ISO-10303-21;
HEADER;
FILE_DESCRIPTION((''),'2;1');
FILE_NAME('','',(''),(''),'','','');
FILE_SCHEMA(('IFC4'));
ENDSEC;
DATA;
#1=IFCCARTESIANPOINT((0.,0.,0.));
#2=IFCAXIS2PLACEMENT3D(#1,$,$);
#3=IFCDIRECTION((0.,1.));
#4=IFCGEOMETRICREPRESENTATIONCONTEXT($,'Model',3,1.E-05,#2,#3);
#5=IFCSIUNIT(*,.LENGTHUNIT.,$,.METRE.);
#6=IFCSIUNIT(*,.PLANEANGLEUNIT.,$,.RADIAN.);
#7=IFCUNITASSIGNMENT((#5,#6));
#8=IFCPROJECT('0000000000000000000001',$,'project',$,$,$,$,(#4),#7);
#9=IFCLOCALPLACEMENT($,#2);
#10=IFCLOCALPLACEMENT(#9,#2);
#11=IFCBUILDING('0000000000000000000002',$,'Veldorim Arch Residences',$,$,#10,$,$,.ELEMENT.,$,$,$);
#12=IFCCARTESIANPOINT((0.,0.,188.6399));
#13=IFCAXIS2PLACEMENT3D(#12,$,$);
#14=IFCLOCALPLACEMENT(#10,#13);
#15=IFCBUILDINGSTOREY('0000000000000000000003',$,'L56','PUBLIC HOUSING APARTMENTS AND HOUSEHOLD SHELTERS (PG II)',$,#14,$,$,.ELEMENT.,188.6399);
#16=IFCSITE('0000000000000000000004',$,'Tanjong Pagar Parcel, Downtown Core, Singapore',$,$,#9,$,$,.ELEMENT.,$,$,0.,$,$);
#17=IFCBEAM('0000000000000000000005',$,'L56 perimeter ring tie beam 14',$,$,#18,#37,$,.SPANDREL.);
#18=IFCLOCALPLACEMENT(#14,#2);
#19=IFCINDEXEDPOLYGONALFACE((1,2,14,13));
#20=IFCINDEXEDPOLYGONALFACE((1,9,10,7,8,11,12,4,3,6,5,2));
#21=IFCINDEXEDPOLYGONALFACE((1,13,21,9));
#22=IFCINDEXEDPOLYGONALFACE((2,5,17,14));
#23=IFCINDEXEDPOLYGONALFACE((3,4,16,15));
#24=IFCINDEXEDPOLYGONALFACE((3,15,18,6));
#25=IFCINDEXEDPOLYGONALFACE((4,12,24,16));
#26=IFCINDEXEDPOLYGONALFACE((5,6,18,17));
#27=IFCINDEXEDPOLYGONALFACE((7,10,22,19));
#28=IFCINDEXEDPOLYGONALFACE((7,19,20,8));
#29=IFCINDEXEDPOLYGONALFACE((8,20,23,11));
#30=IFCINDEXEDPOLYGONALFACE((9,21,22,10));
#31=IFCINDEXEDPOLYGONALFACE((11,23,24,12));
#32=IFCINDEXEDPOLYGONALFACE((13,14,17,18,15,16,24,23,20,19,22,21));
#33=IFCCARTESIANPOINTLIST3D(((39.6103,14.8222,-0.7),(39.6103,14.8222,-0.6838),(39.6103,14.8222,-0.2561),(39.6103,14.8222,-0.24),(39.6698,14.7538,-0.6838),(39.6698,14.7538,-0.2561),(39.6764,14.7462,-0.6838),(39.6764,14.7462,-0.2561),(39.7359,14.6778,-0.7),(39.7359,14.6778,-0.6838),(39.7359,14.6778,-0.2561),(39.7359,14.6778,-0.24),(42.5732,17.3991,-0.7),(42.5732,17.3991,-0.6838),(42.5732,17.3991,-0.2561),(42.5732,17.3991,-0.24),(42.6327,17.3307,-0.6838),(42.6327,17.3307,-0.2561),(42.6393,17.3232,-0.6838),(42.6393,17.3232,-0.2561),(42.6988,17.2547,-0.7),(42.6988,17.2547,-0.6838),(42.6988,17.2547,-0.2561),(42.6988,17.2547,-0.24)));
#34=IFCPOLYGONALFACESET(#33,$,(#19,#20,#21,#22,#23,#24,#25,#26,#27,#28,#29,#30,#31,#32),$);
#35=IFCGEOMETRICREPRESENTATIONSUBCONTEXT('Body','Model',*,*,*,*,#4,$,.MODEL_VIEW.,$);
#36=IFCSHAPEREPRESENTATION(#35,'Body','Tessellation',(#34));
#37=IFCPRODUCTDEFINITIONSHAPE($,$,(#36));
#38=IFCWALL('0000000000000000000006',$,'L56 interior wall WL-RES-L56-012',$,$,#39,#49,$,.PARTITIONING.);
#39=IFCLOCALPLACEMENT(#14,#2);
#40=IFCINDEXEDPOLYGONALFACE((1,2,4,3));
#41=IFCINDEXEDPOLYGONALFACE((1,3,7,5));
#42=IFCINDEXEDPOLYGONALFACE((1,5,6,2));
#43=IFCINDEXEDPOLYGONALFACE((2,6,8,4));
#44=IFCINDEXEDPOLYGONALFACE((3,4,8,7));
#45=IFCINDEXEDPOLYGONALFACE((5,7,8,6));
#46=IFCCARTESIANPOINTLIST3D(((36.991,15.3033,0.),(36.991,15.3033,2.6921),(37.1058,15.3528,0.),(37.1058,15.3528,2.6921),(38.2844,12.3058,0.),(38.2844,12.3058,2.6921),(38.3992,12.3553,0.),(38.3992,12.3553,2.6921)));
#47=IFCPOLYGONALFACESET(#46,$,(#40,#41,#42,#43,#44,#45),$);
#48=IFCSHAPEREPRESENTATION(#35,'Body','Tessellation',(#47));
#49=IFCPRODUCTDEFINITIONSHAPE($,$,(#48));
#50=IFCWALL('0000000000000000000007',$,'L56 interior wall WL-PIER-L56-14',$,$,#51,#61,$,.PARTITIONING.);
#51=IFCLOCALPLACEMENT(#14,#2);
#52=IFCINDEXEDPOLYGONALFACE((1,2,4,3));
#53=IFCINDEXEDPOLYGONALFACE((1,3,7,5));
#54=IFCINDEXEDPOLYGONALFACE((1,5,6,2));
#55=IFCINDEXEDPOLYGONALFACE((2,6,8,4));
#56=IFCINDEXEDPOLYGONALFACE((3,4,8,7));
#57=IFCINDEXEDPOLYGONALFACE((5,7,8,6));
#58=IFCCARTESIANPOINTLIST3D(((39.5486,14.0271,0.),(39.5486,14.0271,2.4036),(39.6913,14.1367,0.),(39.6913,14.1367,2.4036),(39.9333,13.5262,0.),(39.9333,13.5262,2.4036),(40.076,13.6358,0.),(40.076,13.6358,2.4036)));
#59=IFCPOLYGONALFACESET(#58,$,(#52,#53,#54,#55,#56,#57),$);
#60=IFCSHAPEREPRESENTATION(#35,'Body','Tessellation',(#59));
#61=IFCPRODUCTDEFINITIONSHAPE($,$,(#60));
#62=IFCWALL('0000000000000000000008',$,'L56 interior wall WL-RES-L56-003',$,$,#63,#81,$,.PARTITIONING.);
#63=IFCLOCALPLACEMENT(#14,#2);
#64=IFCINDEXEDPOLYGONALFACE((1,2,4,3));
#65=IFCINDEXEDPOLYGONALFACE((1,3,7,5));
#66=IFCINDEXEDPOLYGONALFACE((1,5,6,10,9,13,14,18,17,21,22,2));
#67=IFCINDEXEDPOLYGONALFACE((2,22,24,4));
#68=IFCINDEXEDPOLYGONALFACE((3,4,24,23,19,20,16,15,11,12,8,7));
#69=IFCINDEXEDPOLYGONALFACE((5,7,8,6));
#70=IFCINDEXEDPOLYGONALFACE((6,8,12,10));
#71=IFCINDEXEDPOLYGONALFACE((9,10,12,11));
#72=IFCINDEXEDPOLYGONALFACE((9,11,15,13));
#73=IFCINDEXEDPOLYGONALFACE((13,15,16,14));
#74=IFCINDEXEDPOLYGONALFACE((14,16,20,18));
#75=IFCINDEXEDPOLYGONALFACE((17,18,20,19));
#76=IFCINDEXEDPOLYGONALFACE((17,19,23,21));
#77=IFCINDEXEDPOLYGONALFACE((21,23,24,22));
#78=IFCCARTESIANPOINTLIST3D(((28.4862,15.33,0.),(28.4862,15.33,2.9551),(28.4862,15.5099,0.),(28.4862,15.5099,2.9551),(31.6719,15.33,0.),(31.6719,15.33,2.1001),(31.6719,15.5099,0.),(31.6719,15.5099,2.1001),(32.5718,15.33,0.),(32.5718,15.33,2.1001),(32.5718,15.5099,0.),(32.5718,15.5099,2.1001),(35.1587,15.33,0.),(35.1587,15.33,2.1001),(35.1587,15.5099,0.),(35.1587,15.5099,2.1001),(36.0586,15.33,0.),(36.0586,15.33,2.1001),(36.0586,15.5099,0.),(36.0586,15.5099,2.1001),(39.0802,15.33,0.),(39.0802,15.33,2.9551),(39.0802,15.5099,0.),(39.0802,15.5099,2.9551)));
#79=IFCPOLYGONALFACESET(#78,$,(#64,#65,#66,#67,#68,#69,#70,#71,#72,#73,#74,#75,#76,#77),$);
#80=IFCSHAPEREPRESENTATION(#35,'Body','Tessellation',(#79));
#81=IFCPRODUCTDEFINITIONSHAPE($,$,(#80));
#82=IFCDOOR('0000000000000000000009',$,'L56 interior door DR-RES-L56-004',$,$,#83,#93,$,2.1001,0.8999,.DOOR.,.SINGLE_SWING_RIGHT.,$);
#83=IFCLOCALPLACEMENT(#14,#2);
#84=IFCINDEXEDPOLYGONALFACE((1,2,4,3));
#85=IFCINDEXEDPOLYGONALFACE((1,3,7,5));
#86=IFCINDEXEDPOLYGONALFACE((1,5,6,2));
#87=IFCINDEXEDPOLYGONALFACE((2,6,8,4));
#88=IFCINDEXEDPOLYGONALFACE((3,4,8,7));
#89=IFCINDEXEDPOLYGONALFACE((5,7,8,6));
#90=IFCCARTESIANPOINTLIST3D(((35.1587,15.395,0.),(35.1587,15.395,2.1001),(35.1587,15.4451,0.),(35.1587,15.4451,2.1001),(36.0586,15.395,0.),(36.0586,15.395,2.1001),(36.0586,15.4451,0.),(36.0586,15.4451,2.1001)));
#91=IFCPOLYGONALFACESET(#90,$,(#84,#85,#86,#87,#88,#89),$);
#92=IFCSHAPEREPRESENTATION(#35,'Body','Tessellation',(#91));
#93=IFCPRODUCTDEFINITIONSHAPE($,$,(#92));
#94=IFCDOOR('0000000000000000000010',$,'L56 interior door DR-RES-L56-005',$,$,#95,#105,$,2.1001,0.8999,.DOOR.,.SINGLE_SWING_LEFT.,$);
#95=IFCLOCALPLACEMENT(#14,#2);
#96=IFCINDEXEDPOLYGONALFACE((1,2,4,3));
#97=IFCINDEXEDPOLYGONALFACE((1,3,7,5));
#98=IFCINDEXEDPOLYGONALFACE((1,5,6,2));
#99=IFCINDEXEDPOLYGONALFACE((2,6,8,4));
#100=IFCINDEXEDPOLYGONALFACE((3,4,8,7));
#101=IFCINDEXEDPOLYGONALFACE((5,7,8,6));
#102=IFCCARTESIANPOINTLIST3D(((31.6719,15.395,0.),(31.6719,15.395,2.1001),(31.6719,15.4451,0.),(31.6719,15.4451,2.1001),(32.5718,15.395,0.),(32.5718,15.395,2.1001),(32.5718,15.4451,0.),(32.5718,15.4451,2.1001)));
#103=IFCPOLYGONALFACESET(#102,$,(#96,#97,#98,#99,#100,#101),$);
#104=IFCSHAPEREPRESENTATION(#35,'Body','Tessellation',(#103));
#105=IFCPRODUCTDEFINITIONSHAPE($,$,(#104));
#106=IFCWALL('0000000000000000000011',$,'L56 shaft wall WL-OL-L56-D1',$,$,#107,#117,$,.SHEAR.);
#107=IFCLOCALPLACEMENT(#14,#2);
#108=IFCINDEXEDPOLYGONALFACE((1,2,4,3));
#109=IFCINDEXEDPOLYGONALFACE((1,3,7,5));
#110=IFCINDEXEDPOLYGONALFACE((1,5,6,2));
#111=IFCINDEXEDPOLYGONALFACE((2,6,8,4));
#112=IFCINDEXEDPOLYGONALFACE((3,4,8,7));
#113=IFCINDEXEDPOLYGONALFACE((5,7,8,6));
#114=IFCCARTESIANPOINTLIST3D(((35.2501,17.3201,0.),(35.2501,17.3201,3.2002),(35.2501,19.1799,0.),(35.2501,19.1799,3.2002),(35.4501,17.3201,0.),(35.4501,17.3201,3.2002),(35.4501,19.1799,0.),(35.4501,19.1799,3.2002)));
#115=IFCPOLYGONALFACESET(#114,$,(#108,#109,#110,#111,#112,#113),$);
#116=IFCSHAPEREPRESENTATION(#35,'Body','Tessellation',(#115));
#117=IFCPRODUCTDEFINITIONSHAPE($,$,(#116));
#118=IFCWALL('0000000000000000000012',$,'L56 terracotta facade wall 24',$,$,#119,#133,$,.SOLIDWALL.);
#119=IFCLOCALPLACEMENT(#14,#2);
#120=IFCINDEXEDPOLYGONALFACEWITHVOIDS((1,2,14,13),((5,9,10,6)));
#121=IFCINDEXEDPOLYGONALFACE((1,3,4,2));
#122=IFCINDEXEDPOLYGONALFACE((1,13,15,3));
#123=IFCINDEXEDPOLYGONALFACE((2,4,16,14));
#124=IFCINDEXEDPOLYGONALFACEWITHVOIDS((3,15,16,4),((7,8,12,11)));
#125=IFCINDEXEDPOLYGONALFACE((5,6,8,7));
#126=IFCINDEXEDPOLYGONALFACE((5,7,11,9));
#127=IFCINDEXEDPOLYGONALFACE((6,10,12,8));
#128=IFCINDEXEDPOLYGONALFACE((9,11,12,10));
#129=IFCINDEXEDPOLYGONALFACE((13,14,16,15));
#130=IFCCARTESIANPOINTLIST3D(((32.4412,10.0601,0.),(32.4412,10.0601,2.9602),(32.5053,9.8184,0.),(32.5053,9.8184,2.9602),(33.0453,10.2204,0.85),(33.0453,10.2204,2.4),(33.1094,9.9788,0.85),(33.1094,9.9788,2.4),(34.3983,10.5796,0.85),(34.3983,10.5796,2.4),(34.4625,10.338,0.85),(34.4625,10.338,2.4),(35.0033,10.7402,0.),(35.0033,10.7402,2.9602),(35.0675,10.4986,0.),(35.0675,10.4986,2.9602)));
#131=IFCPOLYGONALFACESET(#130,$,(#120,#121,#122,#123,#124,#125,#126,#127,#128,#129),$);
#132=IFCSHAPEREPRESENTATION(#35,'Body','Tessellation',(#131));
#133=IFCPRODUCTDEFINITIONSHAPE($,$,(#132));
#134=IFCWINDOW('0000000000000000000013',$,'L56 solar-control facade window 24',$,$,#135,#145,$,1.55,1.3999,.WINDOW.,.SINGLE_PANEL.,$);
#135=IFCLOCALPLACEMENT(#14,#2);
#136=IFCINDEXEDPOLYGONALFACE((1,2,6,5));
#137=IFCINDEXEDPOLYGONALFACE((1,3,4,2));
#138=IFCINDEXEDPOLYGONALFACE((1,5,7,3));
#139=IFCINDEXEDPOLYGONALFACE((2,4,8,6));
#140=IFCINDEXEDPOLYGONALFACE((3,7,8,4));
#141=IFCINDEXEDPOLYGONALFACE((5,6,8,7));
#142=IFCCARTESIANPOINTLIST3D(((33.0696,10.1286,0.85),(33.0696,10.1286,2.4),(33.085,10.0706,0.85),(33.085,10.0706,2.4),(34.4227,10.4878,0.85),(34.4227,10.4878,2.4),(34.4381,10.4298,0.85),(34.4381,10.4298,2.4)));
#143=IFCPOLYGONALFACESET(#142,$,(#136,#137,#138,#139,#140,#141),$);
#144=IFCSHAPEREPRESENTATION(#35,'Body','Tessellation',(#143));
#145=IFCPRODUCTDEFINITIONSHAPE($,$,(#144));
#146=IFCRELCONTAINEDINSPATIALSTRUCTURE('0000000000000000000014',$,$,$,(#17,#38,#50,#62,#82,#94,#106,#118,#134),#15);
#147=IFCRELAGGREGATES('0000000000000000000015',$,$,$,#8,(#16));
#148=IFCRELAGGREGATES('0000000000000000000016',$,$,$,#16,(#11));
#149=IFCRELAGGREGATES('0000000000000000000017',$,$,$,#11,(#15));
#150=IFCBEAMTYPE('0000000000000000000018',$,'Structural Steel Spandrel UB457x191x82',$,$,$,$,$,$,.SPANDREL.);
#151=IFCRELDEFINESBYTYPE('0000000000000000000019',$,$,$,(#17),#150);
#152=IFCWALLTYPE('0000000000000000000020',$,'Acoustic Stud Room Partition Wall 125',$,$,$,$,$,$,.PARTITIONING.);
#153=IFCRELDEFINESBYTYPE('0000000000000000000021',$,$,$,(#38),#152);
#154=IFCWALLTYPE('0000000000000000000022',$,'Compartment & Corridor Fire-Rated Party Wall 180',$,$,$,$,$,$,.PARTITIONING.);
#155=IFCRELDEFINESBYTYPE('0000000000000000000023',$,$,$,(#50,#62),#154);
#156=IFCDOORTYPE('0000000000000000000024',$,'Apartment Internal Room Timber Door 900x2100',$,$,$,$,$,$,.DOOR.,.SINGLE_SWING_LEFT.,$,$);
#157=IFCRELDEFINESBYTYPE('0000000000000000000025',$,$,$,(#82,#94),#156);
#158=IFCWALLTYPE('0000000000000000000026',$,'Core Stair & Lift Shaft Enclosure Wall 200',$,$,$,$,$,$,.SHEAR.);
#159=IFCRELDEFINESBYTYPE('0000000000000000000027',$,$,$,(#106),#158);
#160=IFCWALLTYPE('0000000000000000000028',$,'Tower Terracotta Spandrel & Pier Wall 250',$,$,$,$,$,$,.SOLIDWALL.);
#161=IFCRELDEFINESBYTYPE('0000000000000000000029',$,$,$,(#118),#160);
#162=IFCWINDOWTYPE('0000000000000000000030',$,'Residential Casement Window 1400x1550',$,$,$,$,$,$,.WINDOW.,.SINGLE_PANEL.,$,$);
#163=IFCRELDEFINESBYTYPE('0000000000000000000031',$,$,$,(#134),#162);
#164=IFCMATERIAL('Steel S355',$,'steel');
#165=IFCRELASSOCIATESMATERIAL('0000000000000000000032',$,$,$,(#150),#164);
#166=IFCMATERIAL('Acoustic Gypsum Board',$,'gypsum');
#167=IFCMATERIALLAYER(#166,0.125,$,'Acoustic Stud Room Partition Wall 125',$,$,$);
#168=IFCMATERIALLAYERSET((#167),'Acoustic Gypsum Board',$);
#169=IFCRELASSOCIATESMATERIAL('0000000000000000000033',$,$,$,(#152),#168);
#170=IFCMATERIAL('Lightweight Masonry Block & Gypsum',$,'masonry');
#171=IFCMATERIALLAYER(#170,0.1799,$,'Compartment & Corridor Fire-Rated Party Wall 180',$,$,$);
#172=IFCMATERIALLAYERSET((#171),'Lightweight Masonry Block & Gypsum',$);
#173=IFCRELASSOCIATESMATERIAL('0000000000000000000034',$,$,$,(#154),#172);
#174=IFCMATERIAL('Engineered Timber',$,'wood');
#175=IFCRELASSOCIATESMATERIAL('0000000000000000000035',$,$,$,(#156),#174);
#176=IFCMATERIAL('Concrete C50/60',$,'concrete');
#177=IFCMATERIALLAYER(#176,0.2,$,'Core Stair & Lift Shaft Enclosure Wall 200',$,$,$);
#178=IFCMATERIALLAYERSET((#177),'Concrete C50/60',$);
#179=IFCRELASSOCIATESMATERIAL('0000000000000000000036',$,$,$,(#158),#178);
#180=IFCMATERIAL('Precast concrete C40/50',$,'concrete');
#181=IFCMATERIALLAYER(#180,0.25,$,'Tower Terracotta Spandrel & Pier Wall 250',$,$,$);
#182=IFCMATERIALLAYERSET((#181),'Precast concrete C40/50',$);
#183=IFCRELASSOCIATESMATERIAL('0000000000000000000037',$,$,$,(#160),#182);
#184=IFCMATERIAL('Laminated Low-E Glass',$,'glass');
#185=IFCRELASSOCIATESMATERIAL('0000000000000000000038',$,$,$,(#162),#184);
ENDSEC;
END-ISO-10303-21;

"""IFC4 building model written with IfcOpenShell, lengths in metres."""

from ifc_helpers import new_model, si_unit, direction, frame, frame_2d, origin, origin_2d, place, context, subcontext, project, spatial, rectangle, i_section, extrude, material, layer, layer_set, material_profile, profile_set, type_object, element, fill, save


model = new_model("IFC4")

# Units and contexts
model_context = context("Model", 3, precision=1e-05, world=origin(), true_north=direction((0.0, 1.0)))
body_context = subcontext(model_context, "Body", "Model", "MODEL_VIEW")
ifc_project = project(units=[si_unit("LENGTHUNIT", "METRE"), si_unit("PLANEANGLEUNIT", "RADIAN")], contexts=[model_context])

# Site, building, storey
site_placement = place(None, origin())
site = spatial("IfcSite", under=ifc_project, at=site_placement, Name="Tanjong Pagar Parcel, Downtown Core, Singapore", CompositionType="ELEMENT", RefElevation=0.0)
building_placement = place(site_placement, origin())
building = spatial("IfcBuilding", under=site, at=building_placement, Name="Veldorim Arch Residences", CompositionType="ELEMENT")
storey_placement = place(building_placement, frame((0.0, 0.0, 188.6399)))
storey = spatial("IfcBuildingStorey", under=building, at=storey_placement, Name="L56", Description="PUBLIC HOUSING APARTMENTS AND HOUSEHOLD SHELTERS (PG II)", CompositionType="ELEMENT", Elevation=188.6399)

# Beam
ifc_material_1 = material(Name="Steel S355", Category="steel")
ifc_material_profile_1 = material_profile(ifc_material_1, i_section(OverallWidth=0.1914, OverallDepth=0.46, WebThickness=0.01, FlangeThickness=0.0161, at=origin_2d()), Name="UB457x191x82")
ifc_profile_set_1 = profile_set([ifc_material_profile_1], Name="Steel S355")
beam_type_1 = type_object("IfcBeamType", Name="Structural Steel Spandrel UB457x191x82", PredefinedType="SPANDREL", material=ifc_profile_set_1)
beam_1_placement = place(storey_placement, frame((39.6731, 14.75, -0.47), z_axis=(0.754545, 0.656248, 0.0), x_axis=(-0.656248, 0.754545, 0.0)))
element("IfcBeam", 1, at=beam_1_placement, inside=storey, type_object=beam_type_1, Name="L56 perimeter ring tie beam 14", PredefinedType="SPANDREL", context=body_context, shape_type="SweptSolid", body=[
    extrude(i_section(OverallWidth=0.1914, OverallDepth=0.46, WebThickness=0.01, FlangeThickness=0.0161, at=origin_2d()), origin(), (0.0, 0.0, 1.0), 3.9268),
])

# Walls
ifc_material_2 = material(Name="Acoustic Gypsum Board", Category="gypsum")
ifc_layer_1 = layer(ifc_material_2, 0.125, Name="Acoustic Stud Room Partition Wall 125")
ifc_layer_set_1 = layer_set([ifc_layer_1], Name="Acoustic Gypsum Board")
wall_type_1 = type_object("IfcWallType", Name="Acoustic Stud Room Partition Wall 125", PredefinedType="PARTITIONING", material=ifc_layer_set_1)
wall_1_placement = place(storey_placement, frame((38.3418, 12.3306, 0.0), z_axis=(0.0, 0.0, 1.0), x_axis=(-0.396192, 0.918167, 0.0)))
element("IfcWall", 2, at=wall_1_placement, inside=storey, type_object=wall_type_1, Name="L56 interior wall WL-RES-L56-012", PredefinedType="PARTITIONING", context=body_context, shape_type="SweptSolid", body=[
    extrude(rectangle(XDim=3.2646, YDim=0.125, at=frame_2d((1.6323, 0.0))), origin(), (0.0, 0.0, 1.0), 2.6921),
])
ifc_material_3 = material(Name="Lightweight Masonry Block & Gypsum", Category="masonry")
ifc_layer_2 = layer(ifc_material_3, 0.1799, Name="Compartment & Corridor Fire-Rated Party Wall 180")
ifc_layer_set_2 = layer_set([ifc_layer_2], Name="Lightweight Masonry Block & Gypsum")
wall_type_2 = type_object("IfcWallType", Name="Compartment & Corridor Fire-Rated Party Wall 180", PredefinedType="PARTITIONING", material=ifc_layer_set_2)
wall_2_placement = place(storey_placement, frame((39.6199, 14.082, 0.0), z_axis=(0.0, 0.0, 1.0), x_axis=(0.609113, -0.793084, 0.0)))
element("IfcWall", 3, at=wall_2_placement, inside=storey, type_object=wall_type_2, Name="L56 interior wall WL-PIER-L56-14", PredefinedType="PARTITIONING", context=body_context, shape_type="SweptSolid", body=[
    extrude(rectangle(XDim=0.6316, YDim=0.1799, at=frame_2d((0.3159, 0.0))), origin(), (0.0, 0.0, 1.0), 2.4036),
])

# Wall, openings, doors
wall_3_placement = place(storey_placement, frame((39.0801, 15.4199, 0.0), z_axis=(0.0, 0.0, 1.0), x_axis=(-1.0, 0.0, 0.0)))
wall_3 = element("IfcWall", 4, at=wall_3_placement, inside=storey, type_object=wall_type_2, Name="L56 interior wall WL-RES-L56-003", PredefinedType="PARTITIONING", context=body_context, shape_type="SweptSolid", body=[
    extrude(rectangle(XDim=10.594, YDim=0.1799, at=frame_2d((5.2969, 0.0))), origin(), (0.0, 0.0, 1.0), 2.9551),
])
opening_1_placement = place(wall_3_placement, frame((3.0215, 0.0, 0.0)))
opening_1 = element("IfcOpeningElement", 5, at=opening_1_placement, cuts=wall_3, PredefinedType="OPENING", context=body_context, shape_type="SweptSolid", body=[
    extrude(rectangle(XDim=0.8999, YDim=2.1001, at=frame_2d((0.45, 1.05))), frame((0.0, 0.0999, 0.0), z_axis=(0.0, -1.0, 0.0), x_axis=(1.0, 0.0, 0.0)), (0.0, 0.0, 1.0), 0.2),
])
opening_2_placement = place(wall_3_placement, frame((6.5083, 0.0, 0.0)))
opening_2 = element("IfcOpeningElement", 6, at=opening_2_placement, cuts=wall_3, PredefinedType="OPENING", context=body_context, shape_type="SweptSolid", body=[
    extrude(rectangle(XDim=0.8999, YDim=2.1001, at=frame_2d((0.45, 1.05))), frame((0.0, 0.0999, 0.0), z_axis=(0.0, -1.0, 0.0), x_axis=(1.0, 0.0, 0.0)), (0.0, 0.0, 1.0), 0.2),
])
ifc_material_4 = material(Name="Engineered Timber", Category="wood")
door_type_1 = type_object("IfcDoorType", Name="Apartment Internal Room Timber Door 900x2100", OperationType="SINGLE_SWING_LEFT", PredefinedType="DOOR", material=ifc_material_4)
door_1_placement = place(opening_1_placement, origin())
door_1 = element("IfcDoor", 7, at=door_1_placement, inside=storey, type_object=door_type_1, Name="L56 interior door DR-RES-L56-004", OperationType="SINGLE_SWING_RIGHT", OverallHeight=2.1001, OverallWidth=0.8999, PredefinedType="DOOR", context=body_context, shape_type="SweptSolid", body=[
    extrude(rectangle(XDim=0.8999, YDim=2.1001, at=frame_2d((0.45, 1.05))), frame((0.0, 0.0249, 0.0), z_axis=(0.0, -1.0, 0.0), x_axis=(1.0, 0.0, 0.0)), (0.0, 0.0, 1.0), 0.05),
])
fill(opening_1, door_1)
door_2_placement = place(opening_2_placement, origin())
door_2 = element("IfcDoor", 8, at=door_2_placement, inside=storey, type_object=door_type_1, Name="L56 interior door DR-RES-L56-005", OperationType="SINGLE_SWING_LEFT", OverallHeight=2.1001, OverallWidth=0.8999, PredefinedType="DOOR", context=body_context, shape_type="SweptSolid", body=[
    extrude(rectangle(XDim=0.8999, YDim=2.1001, at=frame_2d((0.45, 1.05))), frame((0.0, 0.0249, 0.0), z_axis=(0.0, -1.0, 0.0), x_axis=(1.0, 0.0, 0.0)), (0.0, 0.0, 1.0), 0.05),
])
fill(opening_2, door_2)

# Wall
ifc_material_5 = material(Name="Concrete C50/60", Category="concrete")
ifc_layer_3 = layer(ifc_material_5, 0.2, Name="Core Stair & Lift Shaft Enclosure Wall 200")
ifc_layer_set_3 = layer_set([ifc_layer_3], Name="Concrete C50/60")
wall_type_3 = type_object("IfcWallType", Name="Core Stair & Lift Shaft Enclosure Wall 200", PredefinedType="SHEAR", material=ifc_layer_set_3)
wall_4_placement = place(storey_placement, frame((35.3501, 17.3201, 0.0), z_axis=(0.0, 0.0, 1.0), x_axis=(0.0, 1.0, 0.0)))
element("IfcWall", 9, at=wall_4_placement, inside=storey, type_object=wall_type_3, Name="L56 shaft wall WL-OL-L56-D1", PredefinedType="SHEAR", context=body_context, shape_type="SweptSolid", body=[
    extrude(rectangle(XDim=1.8599, YDim=0.2, at=frame_2d((0.9299, 0.0))), origin(), (0.0, 0.0, 1.0), 3.2002),
])

# Wall, opening, window
ifc_material_6 = material(Name="Precast concrete C40/50", Category="concrete")
ifc_layer_4 = layer(ifc_material_6, 0.25, Name="Tower Terracotta Spandrel & Pier Wall 250")
ifc_layer_set_4 = layer_set([ifc_layer_4], Name="Precast concrete C40/50")
wall_type_4 = type_object("IfcWallType", Name="Tower Terracotta Spandrel & Pier Wall 250", PredefinedType="SOLIDWALL", material=ifc_layer_set_4)
wall_5_placement = place(storey_placement, frame((35.0354, 10.6194, 0.0), z_axis=(0.0, 0.0, 1.0), x_axis=(-0.966525, -0.256573, 0.0)))
wall_5 = element("IfcWall", 10, at=wall_5_placement, inside=storey, type_object=wall_type_4, Name="L56 terracotta facade wall 24", PredefinedType="SOLIDWALL", context=body_context, shape_type="SweptSolid", body=[
    extrude(rectangle(XDim=2.6509, YDim=0.25, at=frame_2d((1.3254, 0.0))), origin(), (0.0, 0.0, 1.0), 2.9602),
])
opening_3_placement = place(wall_5_placement, frame((0.626, 0.0, 0.8501)))
opening_3 = element("IfcOpeningElement", 11, at=opening_3_placement, cuts=wall_5, PredefinedType="OPENING", context=body_context, shape_type="SweptSolid", body=[
    extrude(rectangle(XDim=1.3999, YDim=1.55, at=frame_2d((0.7, 0.7749))), frame((0.0, 0.135, 0.0), z_axis=(0.0, -1.0, 0.0), x_axis=(1.0, 0.0, 0.0)), (0.0, 0.0, 1.0), 0.27),
])
ifc_material_7 = material(Name="Laminated Low-E Glass", Category="glass")
window_type_1 = type_object("IfcWindowType", Name="Residential Casement Window 1400x1550", PartitioningType="SINGLE_PANEL", PredefinedType="WINDOW", material=ifc_material_7)
window_1_placement = place(opening_3_placement, origin())
window_1 = element("IfcWindow", 12, at=window_1_placement, inside=storey, type_object=window_type_1, Name="L56 solar-control facade window 24", OverallHeight=1.55, OverallWidth=1.3999, PartitioningType="SINGLE_PANEL", PredefinedType="WINDOW", context=body_context, shape_type="SweptSolid", body=[
    extrude(rectangle(XDim=1.3999, YDim=1.55, at=frame_2d((0.7, 0.7749))), frame((0.0, 0.03, 0.0), z_axis=(0.0, -1.0, 0.0), x_axis=(1.0, 0.0, 0.0)), (0.0, 0.0, 1.0), 0.0601),
])
fill(opening_3, window_1)

save(model, "model.ifc")
